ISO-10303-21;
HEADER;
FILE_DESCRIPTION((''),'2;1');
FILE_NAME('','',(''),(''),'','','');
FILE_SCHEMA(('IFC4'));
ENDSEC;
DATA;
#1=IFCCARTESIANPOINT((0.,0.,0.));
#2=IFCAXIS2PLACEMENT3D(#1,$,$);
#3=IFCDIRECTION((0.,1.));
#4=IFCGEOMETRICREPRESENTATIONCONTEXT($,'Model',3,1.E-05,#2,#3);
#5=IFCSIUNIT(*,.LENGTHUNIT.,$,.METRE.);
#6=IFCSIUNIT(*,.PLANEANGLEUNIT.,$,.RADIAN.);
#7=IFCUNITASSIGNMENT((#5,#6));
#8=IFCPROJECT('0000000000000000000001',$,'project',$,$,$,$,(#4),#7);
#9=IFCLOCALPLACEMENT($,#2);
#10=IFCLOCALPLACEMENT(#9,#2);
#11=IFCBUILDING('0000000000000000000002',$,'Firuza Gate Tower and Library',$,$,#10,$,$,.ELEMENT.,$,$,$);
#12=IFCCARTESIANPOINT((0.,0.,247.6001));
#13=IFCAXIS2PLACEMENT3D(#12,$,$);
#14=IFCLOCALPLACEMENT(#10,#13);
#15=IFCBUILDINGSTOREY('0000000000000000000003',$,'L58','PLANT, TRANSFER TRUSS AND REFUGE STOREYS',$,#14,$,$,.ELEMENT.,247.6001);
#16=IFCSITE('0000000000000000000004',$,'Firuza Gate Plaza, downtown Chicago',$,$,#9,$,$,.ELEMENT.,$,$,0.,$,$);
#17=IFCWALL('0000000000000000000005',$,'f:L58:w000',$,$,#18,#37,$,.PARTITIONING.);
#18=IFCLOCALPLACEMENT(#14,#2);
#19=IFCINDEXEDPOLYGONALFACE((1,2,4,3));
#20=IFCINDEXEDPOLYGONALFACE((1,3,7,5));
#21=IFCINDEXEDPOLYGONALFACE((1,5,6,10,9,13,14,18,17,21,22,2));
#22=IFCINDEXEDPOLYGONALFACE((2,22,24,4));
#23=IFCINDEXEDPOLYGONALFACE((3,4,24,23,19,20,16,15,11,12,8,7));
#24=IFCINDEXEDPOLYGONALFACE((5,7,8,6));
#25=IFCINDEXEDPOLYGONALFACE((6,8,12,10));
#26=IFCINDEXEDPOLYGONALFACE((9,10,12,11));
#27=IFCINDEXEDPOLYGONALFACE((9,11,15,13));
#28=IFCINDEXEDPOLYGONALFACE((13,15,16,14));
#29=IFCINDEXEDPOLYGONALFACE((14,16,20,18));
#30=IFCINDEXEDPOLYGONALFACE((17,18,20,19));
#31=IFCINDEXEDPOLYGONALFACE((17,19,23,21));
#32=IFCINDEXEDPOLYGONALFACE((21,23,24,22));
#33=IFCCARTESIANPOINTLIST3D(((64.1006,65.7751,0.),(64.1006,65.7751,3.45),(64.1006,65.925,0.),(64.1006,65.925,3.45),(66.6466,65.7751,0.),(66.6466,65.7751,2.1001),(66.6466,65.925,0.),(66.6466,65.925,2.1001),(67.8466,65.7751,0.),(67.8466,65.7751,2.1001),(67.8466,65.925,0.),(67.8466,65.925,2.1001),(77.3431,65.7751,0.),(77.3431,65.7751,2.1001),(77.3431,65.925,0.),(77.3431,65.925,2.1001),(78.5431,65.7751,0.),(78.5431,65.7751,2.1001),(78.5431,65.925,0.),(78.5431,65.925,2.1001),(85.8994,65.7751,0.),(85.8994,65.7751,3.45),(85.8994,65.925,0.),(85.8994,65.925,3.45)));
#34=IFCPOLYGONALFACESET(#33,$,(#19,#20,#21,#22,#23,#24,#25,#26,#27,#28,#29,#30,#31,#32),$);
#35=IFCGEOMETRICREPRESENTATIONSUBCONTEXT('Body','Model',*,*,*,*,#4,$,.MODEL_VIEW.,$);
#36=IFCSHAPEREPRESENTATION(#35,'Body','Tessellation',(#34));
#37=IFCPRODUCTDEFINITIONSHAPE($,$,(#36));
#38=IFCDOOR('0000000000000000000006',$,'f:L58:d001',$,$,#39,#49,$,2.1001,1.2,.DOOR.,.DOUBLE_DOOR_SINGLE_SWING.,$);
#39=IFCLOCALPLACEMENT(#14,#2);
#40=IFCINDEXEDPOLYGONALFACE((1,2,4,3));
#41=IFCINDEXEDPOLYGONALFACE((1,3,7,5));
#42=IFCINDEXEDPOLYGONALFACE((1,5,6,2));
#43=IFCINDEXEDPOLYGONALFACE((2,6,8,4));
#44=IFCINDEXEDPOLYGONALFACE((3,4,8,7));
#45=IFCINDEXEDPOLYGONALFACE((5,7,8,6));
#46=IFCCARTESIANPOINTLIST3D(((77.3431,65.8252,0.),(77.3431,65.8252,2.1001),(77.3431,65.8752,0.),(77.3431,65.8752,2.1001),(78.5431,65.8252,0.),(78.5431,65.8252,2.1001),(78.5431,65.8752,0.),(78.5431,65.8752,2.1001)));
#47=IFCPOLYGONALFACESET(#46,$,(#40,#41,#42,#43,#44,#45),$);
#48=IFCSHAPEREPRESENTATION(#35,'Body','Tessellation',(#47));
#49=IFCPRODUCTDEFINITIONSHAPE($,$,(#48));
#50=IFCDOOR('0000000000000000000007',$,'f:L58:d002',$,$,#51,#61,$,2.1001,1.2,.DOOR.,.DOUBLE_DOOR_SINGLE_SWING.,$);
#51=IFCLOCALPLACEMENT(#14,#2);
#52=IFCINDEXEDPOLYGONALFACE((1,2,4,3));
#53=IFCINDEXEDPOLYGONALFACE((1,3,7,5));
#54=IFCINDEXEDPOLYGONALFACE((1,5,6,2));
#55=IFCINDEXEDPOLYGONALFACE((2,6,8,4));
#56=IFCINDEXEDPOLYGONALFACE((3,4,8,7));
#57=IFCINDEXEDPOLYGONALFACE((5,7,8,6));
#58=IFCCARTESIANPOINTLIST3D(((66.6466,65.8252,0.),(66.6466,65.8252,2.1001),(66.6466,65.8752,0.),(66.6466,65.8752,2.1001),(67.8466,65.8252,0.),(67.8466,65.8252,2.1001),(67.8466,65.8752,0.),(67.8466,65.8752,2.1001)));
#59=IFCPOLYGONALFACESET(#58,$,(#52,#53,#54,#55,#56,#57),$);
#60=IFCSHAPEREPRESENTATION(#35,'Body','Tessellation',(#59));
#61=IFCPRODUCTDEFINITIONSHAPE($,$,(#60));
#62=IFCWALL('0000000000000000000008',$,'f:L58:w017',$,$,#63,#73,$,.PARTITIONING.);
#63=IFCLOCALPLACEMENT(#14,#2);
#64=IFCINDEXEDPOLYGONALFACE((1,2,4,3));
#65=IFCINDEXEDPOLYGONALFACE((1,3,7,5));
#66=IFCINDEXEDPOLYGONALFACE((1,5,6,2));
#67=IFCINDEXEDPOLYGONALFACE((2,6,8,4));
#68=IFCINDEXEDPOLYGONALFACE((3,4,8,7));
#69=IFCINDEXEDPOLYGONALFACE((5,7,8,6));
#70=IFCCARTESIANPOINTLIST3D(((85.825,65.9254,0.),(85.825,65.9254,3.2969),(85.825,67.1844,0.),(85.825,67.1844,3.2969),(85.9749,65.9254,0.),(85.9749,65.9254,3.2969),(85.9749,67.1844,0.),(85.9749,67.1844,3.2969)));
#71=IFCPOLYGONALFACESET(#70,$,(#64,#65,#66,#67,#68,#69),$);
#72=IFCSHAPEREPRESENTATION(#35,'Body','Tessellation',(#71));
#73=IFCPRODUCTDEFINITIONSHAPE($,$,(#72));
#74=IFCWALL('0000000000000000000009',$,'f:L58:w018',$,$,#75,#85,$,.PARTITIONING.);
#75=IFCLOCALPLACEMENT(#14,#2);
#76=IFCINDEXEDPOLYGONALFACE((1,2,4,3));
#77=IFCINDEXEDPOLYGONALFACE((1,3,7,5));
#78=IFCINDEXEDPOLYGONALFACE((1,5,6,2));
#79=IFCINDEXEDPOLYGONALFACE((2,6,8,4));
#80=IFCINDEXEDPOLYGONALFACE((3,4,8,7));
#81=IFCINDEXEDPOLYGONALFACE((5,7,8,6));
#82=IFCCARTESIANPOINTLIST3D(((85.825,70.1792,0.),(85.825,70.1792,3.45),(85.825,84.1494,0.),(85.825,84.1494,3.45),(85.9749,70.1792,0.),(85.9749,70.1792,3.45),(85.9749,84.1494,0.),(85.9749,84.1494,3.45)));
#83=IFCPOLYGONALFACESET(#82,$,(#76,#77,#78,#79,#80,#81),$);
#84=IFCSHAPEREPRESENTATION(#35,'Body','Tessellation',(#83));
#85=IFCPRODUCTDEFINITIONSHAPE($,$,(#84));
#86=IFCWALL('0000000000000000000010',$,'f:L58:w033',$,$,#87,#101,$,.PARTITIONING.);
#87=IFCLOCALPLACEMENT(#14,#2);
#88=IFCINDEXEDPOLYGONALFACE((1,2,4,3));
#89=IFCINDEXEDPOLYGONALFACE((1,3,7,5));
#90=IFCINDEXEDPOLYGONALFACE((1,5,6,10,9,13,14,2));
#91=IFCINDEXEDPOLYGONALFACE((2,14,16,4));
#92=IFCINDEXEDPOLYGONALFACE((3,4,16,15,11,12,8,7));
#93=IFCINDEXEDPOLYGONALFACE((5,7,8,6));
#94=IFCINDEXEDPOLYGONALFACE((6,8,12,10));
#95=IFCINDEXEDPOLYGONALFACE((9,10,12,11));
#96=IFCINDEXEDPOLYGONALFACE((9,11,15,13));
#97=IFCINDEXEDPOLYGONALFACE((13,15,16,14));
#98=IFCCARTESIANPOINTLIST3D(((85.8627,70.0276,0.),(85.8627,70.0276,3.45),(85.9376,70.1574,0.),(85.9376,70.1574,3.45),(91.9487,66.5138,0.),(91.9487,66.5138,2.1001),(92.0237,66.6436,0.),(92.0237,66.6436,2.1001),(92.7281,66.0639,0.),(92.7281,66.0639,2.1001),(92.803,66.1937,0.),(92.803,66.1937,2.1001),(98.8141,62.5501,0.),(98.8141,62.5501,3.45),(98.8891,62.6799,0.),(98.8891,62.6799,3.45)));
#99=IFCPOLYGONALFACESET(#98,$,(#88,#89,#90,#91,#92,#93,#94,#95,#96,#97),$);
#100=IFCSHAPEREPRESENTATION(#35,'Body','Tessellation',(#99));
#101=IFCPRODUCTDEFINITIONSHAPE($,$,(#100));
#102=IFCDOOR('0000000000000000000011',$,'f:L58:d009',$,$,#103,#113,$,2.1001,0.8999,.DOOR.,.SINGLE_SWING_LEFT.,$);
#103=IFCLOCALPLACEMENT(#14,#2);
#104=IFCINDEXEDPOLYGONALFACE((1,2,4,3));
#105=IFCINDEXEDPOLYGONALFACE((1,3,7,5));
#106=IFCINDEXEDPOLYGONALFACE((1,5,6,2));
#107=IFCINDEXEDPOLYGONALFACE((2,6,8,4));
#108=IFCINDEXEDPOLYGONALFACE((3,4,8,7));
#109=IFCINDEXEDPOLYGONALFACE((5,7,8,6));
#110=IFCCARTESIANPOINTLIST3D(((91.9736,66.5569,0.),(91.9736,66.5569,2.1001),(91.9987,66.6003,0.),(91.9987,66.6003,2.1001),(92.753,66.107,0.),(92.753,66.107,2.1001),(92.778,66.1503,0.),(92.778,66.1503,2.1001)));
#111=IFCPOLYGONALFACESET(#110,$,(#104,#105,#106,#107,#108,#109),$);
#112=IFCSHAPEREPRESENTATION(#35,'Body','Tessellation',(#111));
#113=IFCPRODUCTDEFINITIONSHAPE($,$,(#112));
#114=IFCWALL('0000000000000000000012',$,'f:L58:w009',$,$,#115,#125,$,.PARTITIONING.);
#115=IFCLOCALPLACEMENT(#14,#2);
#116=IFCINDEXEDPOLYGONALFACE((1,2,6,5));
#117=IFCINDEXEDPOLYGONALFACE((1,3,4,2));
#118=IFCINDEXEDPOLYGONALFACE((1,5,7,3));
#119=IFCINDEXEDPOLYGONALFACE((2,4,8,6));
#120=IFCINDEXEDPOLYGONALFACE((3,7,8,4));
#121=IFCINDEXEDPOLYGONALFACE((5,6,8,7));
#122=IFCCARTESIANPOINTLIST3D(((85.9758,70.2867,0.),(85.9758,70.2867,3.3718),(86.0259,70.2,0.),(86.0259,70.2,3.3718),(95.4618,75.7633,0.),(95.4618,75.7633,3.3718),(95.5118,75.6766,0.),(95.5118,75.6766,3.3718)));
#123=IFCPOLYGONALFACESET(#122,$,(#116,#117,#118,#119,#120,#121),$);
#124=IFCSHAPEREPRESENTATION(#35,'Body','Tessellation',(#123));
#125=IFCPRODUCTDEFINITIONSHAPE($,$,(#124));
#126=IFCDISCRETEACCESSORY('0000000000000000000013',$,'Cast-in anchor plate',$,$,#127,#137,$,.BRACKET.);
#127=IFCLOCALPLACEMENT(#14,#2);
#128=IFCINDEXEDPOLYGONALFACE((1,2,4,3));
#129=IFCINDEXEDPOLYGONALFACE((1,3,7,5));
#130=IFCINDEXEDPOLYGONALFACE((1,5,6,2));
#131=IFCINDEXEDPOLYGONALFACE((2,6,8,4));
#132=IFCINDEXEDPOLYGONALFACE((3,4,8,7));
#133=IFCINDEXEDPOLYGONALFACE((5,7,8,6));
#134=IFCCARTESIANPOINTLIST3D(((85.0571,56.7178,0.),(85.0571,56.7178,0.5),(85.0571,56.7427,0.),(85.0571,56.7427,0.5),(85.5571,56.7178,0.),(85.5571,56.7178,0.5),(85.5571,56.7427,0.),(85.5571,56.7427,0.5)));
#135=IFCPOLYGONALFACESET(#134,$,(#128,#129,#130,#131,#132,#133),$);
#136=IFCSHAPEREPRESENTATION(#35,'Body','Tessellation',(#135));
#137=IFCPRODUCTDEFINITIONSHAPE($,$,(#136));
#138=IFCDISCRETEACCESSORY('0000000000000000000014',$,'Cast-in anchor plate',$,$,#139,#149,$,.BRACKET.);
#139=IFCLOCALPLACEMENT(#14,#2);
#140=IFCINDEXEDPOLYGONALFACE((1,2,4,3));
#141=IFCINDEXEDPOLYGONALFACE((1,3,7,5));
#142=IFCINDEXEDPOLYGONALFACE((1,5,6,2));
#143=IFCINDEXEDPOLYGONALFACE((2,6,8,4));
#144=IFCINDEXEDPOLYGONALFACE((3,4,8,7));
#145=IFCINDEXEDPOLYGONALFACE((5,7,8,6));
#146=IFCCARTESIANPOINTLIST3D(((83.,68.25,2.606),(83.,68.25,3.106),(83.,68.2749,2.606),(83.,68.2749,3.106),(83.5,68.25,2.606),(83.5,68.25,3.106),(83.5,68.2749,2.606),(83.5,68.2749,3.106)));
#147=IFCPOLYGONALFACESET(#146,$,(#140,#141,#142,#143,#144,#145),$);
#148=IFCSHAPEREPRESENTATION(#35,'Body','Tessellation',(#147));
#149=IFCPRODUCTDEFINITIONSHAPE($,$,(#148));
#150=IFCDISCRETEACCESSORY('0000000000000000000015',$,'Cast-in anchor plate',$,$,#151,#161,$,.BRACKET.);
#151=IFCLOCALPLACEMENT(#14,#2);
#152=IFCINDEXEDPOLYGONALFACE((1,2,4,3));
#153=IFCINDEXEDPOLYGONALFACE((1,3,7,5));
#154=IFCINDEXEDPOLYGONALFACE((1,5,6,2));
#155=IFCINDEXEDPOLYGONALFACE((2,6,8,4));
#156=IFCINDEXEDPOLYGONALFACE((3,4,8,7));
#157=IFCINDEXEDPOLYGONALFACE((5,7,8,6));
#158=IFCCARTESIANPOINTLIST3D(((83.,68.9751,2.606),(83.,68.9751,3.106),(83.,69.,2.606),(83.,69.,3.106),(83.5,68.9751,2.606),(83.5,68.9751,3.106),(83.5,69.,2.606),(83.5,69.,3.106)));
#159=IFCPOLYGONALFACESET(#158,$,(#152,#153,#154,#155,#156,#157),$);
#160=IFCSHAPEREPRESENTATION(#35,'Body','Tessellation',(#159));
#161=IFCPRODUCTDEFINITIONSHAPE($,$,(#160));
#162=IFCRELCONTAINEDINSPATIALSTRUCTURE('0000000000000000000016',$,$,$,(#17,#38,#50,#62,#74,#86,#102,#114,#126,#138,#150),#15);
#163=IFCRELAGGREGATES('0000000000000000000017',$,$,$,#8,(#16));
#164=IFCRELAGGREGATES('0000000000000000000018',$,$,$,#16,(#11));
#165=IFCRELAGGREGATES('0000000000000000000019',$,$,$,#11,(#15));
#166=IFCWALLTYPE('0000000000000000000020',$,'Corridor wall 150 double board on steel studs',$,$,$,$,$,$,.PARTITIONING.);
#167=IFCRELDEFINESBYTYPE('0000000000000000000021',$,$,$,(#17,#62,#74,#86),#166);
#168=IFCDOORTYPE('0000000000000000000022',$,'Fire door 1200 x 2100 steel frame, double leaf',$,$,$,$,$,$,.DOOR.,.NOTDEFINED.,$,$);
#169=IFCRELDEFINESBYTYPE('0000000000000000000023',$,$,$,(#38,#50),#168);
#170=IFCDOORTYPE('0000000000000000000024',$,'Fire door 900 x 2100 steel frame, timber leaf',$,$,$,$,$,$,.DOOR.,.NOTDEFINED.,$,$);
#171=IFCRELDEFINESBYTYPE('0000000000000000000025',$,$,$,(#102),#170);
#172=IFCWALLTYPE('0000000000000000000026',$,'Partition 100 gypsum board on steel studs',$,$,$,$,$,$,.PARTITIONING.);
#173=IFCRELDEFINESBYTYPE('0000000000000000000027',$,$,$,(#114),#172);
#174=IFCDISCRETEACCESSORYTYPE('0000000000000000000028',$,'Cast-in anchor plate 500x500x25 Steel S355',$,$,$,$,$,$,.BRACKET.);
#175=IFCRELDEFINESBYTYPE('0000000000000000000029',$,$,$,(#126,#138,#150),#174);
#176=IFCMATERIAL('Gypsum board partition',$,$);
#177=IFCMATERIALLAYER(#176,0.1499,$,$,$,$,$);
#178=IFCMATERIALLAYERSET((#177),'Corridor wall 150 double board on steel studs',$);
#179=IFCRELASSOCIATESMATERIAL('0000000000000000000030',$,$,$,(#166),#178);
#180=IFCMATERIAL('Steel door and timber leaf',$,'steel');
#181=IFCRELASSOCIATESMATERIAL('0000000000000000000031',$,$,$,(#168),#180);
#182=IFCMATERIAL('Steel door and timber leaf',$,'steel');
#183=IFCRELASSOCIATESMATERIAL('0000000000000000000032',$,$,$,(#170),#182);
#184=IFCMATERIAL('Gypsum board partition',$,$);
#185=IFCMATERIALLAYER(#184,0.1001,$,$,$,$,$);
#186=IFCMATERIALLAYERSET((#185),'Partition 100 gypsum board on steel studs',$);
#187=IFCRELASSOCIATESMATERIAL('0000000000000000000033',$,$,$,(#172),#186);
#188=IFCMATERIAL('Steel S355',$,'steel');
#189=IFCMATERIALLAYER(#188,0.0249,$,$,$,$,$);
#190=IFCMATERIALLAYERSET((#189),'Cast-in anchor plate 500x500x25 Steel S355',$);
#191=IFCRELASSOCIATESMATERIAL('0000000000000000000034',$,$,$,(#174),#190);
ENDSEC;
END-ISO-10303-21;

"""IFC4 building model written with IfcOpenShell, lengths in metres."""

from ifc_helpers import new_model, si_unit, direction, frame, frame_2d, origin, origin_2d, place, context, subcontext, project, spatial, rectangle, extrude, material, layer, layer_set, type_object, element, fill, save


model = new_model("IFC4")

# Units and contexts
model_context = context("Model", 3, precision=1e-05, world=origin(), true_north=direction((0.0, 1.0)))
body_context = subcontext(model_context, "Body", "Model", "MODEL_VIEW")
ifc_project = project(units=[si_unit("LENGTHUNIT", "METRE"), si_unit("PLANEANGLEUNIT", "RADIAN")], contexts=[model_context])

# Site, building, storey
site_placement = place(None, origin())
site = spatial("IfcSite", under=ifc_project, at=site_placement, Name="Firuza Gate Plaza, downtown Chicago", CompositionType="ELEMENT", RefElevation=0.0)
building_placement = place(site_placement, origin())
building = spatial("IfcBuilding", under=site, at=building_placement, Name="Firuza Gate Tower and Library", CompositionType="ELEMENT")
storey_placement = place(building_placement, frame((0.0, 0.0, 247.6001)))
storey = spatial("IfcBuildingStorey", under=building, at=storey_placement, Name="L58", Description="PLANT, TRANSFER TRUSS AND REFUGE STOREYS", CompositionType="ELEMENT", Elevation=247.6001)

# Wall, openings, doors
ifc_material_1 = material(Name="Gypsum board partition")
ifc_layer_1 = layer(ifc_material_1, 0.1499)
ifc_layer_set_1 = layer_set([ifc_layer_1], Name="Corridor wall 150 double board on steel studs")
wall_type_1 = type_object("IfcWallType", Name="Corridor wall 150 double board on steel studs", PredefinedType="PARTITIONING", material=ifc_layer_set_1)
wall_1_placement = place(storey_placement, frame((85.8994, 65.8501, 0.0), z_axis=(0.0, 0.0, 1.0), x_axis=(-1.0, 0.0, 0.0)))
wall_1 = element("IfcWall", 1, at=wall_1_placement, inside=storey, type_object=wall_type_1, Name="f:L58:w000", PredefinedType="PARTITIONING", context=body_context, shape_type="SweptSolid", body=[
    extrude(rectangle(XDim=21.7988, YDim=0.1499, at=frame_2d((10.8994, 0.0))), origin(), (0.0, 0.0, 1.0), 3.45),
])
opening_1_placement = place(wall_1_placement, frame((7.3562, 0.0, 0.0)))
opening_1 = element("IfcOpeningElement", 2, at=opening_1_placement, cuts=wall_1, PredefinedType="OPENING", context=body_context, shape_type="SweptSolid", body=[
    extrude(rectangle(XDim=1.2, YDim=2.1001, at=frame_2d((0.6001, 1.05))), frame((0.0, 0.085, 0.0), z_axis=(0.0, -1.0, 0.0), x_axis=(1.0, 0.0, 0.0)), (0.0, 0.0, 1.0), 0.1699),
])
opening_2_placement = place(wall_1_placement, frame((18.0527, 0.0, 0.0)))
opening_2 = element("IfcOpeningElement", 3, at=opening_2_placement, cuts=wall_1, PredefinedType="OPENING", context=body_context, shape_type="SweptSolid", body=[
    extrude(rectangle(XDim=1.2, YDim=2.1001, at=frame_2d((0.6001, 1.05))), frame((0.0, 0.085, 0.0), z_axis=(0.0, -1.0, 0.0), x_axis=(1.0, 0.0, 0.0)), (0.0, 0.0, 1.0), 0.1699),
])
ifc_material_2 = material(Name="Steel door and timber leaf", Category="steel")
door_type_1 = type_object("IfcDoorType", Name="Fire door 1200 x 2100 steel frame, double leaf", OperationType="NOTDEFINED", PredefinedType="DOOR", material=ifc_material_2)
door_1_placement = place(opening_1_placement, origin())
door_1 = element("IfcDoor", 4, at=door_1_placement, inside=storey, type_object=door_type_1, Name="f:L58:d001", OperationType="DOUBLE_DOOR_SINGLE_SWING", OverallHeight=2.1001, OverallWidth=1.2, PredefinedType="DOOR", context=body_context, shape_type="SweptSolid", body=[
    extrude(rectangle(XDim=1.2, YDim=2.1001, at=frame_2d((0.6001, 1.05))), frame((0.0, 0.0249, 0.0), z_axis=(0.0, -1.0, 0.0), x_axis=(1.0, 0.0, 0.0)), (0.0, 0.0, 1.0), 0.05),
])
fill(opening_1, door_1)
door_2_placement = place(opening_2_placement, origin())
door_2 = element("IfcDoor", 5, at=door_2_placement, inside=storey, type_object=door_type_1, Name="f:L58:d002", OperationType="DOUBLE_DOOR_SINGLE_SWING", OverallHeight=2.1001, OverallWidth=1.2, PredefinedType="DOOR", context=body_context, shape_type="SweptSolid", body=[
    extrude(rectangle(XDim=1.2, YDim=2.1001, at=frame_2d((0.6001, 1.05))), frame((0.0, 0.0249, 0.0), z_axis=(0.0, -1.0, 0.0), x_axis=(1.0, 0.0, 0.0)), (0.0, 0.0, 1.0), 0.05),
])
fill(opening_2, door_2)

# Walls
wall_2_placement = place(storey_placement, frame((85.8999, 65.9255, 0.0), z_axis=(0.0, 0.0, 1.0), x_axis=(0.0, 1.0, 0.0)))
element("IfcWall", 6, at=wall_2_placement, inside=storey, type_object=wall_type_1, Name="f:L58:w017", PredefinedType="PARTITIONING", context=body_context, shape_type="SweptSolid", body=[
    extrude(rectangle(XDim=1.259, YDim=0.1499, at=frame_2d((0.6294, 0.0))), origin(), (0.0, 0.0, 1.0), 3.2969),
])
wall_3_placement = place(storey_placement, frame((85.8999, 70.1792, 0.0), z_axis=(0.0, 0.0, 1.0), x_axis=(0.0, 1.0, 0.0)))
element("IfcWall", 7, at=wall_3_placement, inside=storey, type_object=wall_type_1, Name="f:L58:w018", PredefinedType="PARTITIONING", context=body_context, shape_type="SweptSolid", body=[
    extrude(rectangle(XDim=13.9702, YDim=0.1499, at=frame_2d((6.9851, 0.0))), origin(), (0.0, 0.0, 1.0), 3.45),
])

# Wall, opening, door
wall_4_placement = place(storey_placement, frame((85.9001, 70.0925, 0.0), z_axis=(0.0, 0.0, 1.0), x_axis=(0.866024, -0.500002, 0.0)))
wall_4 = element("IfcWall", 8, at=wall_4_placement, inside=storey, type_object=wall_type_1, Name="f:L58:w033", PredefinedType="PARTITIONING", context=body_context, shape_type="SweptSolid", body=[
    extrude(rectangle(XDim=14.9551, YDim=0.1499, at=frame_2d((7.4775, 0.0))), origin(), (0.0, 0.0, 1.0), 3.45),
])
opening_3_placement = place(wall_4_placement, frame((7.0276, 0.0, 0.0)))
opening_3 = element("IfcOpeningElement", 9, at=opening_3_placement, cuts=wall_4, PredefinedType="OPENING", context=body_context, shape_type="SweptSolid", body=[
    extrude(rectangle(XDim=0.8999, YDim=2.1001, at=frame_2d((0.45, 1.05))), frame((0.0, 0.085, 0.0), z_axis=(0.0, -1.0, 0.0), x_axis=(1.0, 0.0, 0.0)), (0.0, 0.0, 1.0), 0.1699),
])
ifc_material_3 = material(Name="Steel door and timber leaf", Category="steel")
door_type_2 = type_object("IfcDoorType", Name="Fire door 900 x 2100 steel frame, timber leaf", OperationType="NOTDEFINED", PredefinedType="DOOR", material=ifc_material_3)
door_3_placement = place(opening_3_placement, origin())
door_3 = element("IfcDoor", 10, at=door_3_placement, inside=storey, type_object=door_type_2, Name="f:L58:d009", OperationType="SINGLE_SWING_LEFT", OverallHeight=2.1001, OverallWidth=0.8999, PredefinedType="DOOR", context=body_context, shape_type="SweptSolid", body=[
    extrude(rectangle(XDim=0.8999, YDim=2.1001, at=frame_2d((0.45, 1.05))), frame((0.0, 0.0249, 0.0), z_axis=(0.0, -1.0, 0.0), x_axis=(1.0, 0.0, 0.0)), (0.0, 0.0, 1.0), 0.05),
])
fill(opening_3, door_3)

# Wall
ifc_material_4 = material(Name="Gypsum board partition")
ifc_layer_2 = layer(ifc_material_4, 0.1001)
ifc_layer_set_2 = layer_set([ifc_layer_2], Name="Partition 100 gypsum board on steel studs")
wall_type_2 = type_object("IfcWallType", Name="Partition 100 gypsum board on steel studs", PredefinedType="PARTITIONING", material=ifc_layer_set_2)
wall_5_placement = place(storey_placement, frame((86.001, 70.2434, 0.0), z_axis=(0.0, 0.0, 1.0), x_axis=(0.866029, 0.499994, 0.0)))
element("IfcWall", 11, at=wall_5_placement, inside=storey, type_object=wall_type_2, Name="f:L58:w009", PredefinedType="PARTITIONING", context=body_context, shape_type="SweptSolid", body=[
    extrude(rectangle(XDim=10.9534, YDim=0.1001, at=frame_2d((5.4766, 0.0))), origin(), (0.0, 0.0, 1.0), 3.3718),
])

# Discrete accessories
ifc_material_5 = material(Name="Steel S355", Category="steel")
ifc_layer_3 = layer(ifc_material_5, 0.0249)
ifc_layer_set_3 = layer_set([ifc_layer_3], Name="Cast-in anchor plate 500x500x25 Steel S355")
discrete_accessory_type = type_object("IfcDiscreteAccessoryType", Name="Cast-in anchor plate 500x500x25 Steel S355", PredefinedType="BRACKET", material=ifc_layer_set_3)
for number, where, z_axis, x_axis, name in (
    (12, (85.3071, 56.7302, 0.0), (0.0, 0.0, 1.0), (1.0, 0.0, 0.0), "Cast-in anchor plate"),
    (13, (83.25, 68.2625, 2.606), (0.0, 0.0, 1.0), (1.0, 0.0, 0.0), "Cast-in anchor plate"),
    (14, (83.25, 68.9875, 2.606), (0.0, 0.0, 1.0), (1.0, 0.0, 0.0), "Cast-in anchor plate"),
):
    element("IfcDiscreteAccessory", number, at=place(storey_placement, frame(where, z_axis=z_axis, x_axis=x_axis)), inside=storey, type_object=discrete_accessory_type, Name=name, PredefinedType="BRACKET", context=body_context, shape_type="SweptSolid", body=[
        extrude(rectangle(XDim=0.5, YDim=0.0249, at=origin_2d()), origin(), (0.0, 0.0, 1.0), 0.5),
    ])

save(model, "model.ifc")
